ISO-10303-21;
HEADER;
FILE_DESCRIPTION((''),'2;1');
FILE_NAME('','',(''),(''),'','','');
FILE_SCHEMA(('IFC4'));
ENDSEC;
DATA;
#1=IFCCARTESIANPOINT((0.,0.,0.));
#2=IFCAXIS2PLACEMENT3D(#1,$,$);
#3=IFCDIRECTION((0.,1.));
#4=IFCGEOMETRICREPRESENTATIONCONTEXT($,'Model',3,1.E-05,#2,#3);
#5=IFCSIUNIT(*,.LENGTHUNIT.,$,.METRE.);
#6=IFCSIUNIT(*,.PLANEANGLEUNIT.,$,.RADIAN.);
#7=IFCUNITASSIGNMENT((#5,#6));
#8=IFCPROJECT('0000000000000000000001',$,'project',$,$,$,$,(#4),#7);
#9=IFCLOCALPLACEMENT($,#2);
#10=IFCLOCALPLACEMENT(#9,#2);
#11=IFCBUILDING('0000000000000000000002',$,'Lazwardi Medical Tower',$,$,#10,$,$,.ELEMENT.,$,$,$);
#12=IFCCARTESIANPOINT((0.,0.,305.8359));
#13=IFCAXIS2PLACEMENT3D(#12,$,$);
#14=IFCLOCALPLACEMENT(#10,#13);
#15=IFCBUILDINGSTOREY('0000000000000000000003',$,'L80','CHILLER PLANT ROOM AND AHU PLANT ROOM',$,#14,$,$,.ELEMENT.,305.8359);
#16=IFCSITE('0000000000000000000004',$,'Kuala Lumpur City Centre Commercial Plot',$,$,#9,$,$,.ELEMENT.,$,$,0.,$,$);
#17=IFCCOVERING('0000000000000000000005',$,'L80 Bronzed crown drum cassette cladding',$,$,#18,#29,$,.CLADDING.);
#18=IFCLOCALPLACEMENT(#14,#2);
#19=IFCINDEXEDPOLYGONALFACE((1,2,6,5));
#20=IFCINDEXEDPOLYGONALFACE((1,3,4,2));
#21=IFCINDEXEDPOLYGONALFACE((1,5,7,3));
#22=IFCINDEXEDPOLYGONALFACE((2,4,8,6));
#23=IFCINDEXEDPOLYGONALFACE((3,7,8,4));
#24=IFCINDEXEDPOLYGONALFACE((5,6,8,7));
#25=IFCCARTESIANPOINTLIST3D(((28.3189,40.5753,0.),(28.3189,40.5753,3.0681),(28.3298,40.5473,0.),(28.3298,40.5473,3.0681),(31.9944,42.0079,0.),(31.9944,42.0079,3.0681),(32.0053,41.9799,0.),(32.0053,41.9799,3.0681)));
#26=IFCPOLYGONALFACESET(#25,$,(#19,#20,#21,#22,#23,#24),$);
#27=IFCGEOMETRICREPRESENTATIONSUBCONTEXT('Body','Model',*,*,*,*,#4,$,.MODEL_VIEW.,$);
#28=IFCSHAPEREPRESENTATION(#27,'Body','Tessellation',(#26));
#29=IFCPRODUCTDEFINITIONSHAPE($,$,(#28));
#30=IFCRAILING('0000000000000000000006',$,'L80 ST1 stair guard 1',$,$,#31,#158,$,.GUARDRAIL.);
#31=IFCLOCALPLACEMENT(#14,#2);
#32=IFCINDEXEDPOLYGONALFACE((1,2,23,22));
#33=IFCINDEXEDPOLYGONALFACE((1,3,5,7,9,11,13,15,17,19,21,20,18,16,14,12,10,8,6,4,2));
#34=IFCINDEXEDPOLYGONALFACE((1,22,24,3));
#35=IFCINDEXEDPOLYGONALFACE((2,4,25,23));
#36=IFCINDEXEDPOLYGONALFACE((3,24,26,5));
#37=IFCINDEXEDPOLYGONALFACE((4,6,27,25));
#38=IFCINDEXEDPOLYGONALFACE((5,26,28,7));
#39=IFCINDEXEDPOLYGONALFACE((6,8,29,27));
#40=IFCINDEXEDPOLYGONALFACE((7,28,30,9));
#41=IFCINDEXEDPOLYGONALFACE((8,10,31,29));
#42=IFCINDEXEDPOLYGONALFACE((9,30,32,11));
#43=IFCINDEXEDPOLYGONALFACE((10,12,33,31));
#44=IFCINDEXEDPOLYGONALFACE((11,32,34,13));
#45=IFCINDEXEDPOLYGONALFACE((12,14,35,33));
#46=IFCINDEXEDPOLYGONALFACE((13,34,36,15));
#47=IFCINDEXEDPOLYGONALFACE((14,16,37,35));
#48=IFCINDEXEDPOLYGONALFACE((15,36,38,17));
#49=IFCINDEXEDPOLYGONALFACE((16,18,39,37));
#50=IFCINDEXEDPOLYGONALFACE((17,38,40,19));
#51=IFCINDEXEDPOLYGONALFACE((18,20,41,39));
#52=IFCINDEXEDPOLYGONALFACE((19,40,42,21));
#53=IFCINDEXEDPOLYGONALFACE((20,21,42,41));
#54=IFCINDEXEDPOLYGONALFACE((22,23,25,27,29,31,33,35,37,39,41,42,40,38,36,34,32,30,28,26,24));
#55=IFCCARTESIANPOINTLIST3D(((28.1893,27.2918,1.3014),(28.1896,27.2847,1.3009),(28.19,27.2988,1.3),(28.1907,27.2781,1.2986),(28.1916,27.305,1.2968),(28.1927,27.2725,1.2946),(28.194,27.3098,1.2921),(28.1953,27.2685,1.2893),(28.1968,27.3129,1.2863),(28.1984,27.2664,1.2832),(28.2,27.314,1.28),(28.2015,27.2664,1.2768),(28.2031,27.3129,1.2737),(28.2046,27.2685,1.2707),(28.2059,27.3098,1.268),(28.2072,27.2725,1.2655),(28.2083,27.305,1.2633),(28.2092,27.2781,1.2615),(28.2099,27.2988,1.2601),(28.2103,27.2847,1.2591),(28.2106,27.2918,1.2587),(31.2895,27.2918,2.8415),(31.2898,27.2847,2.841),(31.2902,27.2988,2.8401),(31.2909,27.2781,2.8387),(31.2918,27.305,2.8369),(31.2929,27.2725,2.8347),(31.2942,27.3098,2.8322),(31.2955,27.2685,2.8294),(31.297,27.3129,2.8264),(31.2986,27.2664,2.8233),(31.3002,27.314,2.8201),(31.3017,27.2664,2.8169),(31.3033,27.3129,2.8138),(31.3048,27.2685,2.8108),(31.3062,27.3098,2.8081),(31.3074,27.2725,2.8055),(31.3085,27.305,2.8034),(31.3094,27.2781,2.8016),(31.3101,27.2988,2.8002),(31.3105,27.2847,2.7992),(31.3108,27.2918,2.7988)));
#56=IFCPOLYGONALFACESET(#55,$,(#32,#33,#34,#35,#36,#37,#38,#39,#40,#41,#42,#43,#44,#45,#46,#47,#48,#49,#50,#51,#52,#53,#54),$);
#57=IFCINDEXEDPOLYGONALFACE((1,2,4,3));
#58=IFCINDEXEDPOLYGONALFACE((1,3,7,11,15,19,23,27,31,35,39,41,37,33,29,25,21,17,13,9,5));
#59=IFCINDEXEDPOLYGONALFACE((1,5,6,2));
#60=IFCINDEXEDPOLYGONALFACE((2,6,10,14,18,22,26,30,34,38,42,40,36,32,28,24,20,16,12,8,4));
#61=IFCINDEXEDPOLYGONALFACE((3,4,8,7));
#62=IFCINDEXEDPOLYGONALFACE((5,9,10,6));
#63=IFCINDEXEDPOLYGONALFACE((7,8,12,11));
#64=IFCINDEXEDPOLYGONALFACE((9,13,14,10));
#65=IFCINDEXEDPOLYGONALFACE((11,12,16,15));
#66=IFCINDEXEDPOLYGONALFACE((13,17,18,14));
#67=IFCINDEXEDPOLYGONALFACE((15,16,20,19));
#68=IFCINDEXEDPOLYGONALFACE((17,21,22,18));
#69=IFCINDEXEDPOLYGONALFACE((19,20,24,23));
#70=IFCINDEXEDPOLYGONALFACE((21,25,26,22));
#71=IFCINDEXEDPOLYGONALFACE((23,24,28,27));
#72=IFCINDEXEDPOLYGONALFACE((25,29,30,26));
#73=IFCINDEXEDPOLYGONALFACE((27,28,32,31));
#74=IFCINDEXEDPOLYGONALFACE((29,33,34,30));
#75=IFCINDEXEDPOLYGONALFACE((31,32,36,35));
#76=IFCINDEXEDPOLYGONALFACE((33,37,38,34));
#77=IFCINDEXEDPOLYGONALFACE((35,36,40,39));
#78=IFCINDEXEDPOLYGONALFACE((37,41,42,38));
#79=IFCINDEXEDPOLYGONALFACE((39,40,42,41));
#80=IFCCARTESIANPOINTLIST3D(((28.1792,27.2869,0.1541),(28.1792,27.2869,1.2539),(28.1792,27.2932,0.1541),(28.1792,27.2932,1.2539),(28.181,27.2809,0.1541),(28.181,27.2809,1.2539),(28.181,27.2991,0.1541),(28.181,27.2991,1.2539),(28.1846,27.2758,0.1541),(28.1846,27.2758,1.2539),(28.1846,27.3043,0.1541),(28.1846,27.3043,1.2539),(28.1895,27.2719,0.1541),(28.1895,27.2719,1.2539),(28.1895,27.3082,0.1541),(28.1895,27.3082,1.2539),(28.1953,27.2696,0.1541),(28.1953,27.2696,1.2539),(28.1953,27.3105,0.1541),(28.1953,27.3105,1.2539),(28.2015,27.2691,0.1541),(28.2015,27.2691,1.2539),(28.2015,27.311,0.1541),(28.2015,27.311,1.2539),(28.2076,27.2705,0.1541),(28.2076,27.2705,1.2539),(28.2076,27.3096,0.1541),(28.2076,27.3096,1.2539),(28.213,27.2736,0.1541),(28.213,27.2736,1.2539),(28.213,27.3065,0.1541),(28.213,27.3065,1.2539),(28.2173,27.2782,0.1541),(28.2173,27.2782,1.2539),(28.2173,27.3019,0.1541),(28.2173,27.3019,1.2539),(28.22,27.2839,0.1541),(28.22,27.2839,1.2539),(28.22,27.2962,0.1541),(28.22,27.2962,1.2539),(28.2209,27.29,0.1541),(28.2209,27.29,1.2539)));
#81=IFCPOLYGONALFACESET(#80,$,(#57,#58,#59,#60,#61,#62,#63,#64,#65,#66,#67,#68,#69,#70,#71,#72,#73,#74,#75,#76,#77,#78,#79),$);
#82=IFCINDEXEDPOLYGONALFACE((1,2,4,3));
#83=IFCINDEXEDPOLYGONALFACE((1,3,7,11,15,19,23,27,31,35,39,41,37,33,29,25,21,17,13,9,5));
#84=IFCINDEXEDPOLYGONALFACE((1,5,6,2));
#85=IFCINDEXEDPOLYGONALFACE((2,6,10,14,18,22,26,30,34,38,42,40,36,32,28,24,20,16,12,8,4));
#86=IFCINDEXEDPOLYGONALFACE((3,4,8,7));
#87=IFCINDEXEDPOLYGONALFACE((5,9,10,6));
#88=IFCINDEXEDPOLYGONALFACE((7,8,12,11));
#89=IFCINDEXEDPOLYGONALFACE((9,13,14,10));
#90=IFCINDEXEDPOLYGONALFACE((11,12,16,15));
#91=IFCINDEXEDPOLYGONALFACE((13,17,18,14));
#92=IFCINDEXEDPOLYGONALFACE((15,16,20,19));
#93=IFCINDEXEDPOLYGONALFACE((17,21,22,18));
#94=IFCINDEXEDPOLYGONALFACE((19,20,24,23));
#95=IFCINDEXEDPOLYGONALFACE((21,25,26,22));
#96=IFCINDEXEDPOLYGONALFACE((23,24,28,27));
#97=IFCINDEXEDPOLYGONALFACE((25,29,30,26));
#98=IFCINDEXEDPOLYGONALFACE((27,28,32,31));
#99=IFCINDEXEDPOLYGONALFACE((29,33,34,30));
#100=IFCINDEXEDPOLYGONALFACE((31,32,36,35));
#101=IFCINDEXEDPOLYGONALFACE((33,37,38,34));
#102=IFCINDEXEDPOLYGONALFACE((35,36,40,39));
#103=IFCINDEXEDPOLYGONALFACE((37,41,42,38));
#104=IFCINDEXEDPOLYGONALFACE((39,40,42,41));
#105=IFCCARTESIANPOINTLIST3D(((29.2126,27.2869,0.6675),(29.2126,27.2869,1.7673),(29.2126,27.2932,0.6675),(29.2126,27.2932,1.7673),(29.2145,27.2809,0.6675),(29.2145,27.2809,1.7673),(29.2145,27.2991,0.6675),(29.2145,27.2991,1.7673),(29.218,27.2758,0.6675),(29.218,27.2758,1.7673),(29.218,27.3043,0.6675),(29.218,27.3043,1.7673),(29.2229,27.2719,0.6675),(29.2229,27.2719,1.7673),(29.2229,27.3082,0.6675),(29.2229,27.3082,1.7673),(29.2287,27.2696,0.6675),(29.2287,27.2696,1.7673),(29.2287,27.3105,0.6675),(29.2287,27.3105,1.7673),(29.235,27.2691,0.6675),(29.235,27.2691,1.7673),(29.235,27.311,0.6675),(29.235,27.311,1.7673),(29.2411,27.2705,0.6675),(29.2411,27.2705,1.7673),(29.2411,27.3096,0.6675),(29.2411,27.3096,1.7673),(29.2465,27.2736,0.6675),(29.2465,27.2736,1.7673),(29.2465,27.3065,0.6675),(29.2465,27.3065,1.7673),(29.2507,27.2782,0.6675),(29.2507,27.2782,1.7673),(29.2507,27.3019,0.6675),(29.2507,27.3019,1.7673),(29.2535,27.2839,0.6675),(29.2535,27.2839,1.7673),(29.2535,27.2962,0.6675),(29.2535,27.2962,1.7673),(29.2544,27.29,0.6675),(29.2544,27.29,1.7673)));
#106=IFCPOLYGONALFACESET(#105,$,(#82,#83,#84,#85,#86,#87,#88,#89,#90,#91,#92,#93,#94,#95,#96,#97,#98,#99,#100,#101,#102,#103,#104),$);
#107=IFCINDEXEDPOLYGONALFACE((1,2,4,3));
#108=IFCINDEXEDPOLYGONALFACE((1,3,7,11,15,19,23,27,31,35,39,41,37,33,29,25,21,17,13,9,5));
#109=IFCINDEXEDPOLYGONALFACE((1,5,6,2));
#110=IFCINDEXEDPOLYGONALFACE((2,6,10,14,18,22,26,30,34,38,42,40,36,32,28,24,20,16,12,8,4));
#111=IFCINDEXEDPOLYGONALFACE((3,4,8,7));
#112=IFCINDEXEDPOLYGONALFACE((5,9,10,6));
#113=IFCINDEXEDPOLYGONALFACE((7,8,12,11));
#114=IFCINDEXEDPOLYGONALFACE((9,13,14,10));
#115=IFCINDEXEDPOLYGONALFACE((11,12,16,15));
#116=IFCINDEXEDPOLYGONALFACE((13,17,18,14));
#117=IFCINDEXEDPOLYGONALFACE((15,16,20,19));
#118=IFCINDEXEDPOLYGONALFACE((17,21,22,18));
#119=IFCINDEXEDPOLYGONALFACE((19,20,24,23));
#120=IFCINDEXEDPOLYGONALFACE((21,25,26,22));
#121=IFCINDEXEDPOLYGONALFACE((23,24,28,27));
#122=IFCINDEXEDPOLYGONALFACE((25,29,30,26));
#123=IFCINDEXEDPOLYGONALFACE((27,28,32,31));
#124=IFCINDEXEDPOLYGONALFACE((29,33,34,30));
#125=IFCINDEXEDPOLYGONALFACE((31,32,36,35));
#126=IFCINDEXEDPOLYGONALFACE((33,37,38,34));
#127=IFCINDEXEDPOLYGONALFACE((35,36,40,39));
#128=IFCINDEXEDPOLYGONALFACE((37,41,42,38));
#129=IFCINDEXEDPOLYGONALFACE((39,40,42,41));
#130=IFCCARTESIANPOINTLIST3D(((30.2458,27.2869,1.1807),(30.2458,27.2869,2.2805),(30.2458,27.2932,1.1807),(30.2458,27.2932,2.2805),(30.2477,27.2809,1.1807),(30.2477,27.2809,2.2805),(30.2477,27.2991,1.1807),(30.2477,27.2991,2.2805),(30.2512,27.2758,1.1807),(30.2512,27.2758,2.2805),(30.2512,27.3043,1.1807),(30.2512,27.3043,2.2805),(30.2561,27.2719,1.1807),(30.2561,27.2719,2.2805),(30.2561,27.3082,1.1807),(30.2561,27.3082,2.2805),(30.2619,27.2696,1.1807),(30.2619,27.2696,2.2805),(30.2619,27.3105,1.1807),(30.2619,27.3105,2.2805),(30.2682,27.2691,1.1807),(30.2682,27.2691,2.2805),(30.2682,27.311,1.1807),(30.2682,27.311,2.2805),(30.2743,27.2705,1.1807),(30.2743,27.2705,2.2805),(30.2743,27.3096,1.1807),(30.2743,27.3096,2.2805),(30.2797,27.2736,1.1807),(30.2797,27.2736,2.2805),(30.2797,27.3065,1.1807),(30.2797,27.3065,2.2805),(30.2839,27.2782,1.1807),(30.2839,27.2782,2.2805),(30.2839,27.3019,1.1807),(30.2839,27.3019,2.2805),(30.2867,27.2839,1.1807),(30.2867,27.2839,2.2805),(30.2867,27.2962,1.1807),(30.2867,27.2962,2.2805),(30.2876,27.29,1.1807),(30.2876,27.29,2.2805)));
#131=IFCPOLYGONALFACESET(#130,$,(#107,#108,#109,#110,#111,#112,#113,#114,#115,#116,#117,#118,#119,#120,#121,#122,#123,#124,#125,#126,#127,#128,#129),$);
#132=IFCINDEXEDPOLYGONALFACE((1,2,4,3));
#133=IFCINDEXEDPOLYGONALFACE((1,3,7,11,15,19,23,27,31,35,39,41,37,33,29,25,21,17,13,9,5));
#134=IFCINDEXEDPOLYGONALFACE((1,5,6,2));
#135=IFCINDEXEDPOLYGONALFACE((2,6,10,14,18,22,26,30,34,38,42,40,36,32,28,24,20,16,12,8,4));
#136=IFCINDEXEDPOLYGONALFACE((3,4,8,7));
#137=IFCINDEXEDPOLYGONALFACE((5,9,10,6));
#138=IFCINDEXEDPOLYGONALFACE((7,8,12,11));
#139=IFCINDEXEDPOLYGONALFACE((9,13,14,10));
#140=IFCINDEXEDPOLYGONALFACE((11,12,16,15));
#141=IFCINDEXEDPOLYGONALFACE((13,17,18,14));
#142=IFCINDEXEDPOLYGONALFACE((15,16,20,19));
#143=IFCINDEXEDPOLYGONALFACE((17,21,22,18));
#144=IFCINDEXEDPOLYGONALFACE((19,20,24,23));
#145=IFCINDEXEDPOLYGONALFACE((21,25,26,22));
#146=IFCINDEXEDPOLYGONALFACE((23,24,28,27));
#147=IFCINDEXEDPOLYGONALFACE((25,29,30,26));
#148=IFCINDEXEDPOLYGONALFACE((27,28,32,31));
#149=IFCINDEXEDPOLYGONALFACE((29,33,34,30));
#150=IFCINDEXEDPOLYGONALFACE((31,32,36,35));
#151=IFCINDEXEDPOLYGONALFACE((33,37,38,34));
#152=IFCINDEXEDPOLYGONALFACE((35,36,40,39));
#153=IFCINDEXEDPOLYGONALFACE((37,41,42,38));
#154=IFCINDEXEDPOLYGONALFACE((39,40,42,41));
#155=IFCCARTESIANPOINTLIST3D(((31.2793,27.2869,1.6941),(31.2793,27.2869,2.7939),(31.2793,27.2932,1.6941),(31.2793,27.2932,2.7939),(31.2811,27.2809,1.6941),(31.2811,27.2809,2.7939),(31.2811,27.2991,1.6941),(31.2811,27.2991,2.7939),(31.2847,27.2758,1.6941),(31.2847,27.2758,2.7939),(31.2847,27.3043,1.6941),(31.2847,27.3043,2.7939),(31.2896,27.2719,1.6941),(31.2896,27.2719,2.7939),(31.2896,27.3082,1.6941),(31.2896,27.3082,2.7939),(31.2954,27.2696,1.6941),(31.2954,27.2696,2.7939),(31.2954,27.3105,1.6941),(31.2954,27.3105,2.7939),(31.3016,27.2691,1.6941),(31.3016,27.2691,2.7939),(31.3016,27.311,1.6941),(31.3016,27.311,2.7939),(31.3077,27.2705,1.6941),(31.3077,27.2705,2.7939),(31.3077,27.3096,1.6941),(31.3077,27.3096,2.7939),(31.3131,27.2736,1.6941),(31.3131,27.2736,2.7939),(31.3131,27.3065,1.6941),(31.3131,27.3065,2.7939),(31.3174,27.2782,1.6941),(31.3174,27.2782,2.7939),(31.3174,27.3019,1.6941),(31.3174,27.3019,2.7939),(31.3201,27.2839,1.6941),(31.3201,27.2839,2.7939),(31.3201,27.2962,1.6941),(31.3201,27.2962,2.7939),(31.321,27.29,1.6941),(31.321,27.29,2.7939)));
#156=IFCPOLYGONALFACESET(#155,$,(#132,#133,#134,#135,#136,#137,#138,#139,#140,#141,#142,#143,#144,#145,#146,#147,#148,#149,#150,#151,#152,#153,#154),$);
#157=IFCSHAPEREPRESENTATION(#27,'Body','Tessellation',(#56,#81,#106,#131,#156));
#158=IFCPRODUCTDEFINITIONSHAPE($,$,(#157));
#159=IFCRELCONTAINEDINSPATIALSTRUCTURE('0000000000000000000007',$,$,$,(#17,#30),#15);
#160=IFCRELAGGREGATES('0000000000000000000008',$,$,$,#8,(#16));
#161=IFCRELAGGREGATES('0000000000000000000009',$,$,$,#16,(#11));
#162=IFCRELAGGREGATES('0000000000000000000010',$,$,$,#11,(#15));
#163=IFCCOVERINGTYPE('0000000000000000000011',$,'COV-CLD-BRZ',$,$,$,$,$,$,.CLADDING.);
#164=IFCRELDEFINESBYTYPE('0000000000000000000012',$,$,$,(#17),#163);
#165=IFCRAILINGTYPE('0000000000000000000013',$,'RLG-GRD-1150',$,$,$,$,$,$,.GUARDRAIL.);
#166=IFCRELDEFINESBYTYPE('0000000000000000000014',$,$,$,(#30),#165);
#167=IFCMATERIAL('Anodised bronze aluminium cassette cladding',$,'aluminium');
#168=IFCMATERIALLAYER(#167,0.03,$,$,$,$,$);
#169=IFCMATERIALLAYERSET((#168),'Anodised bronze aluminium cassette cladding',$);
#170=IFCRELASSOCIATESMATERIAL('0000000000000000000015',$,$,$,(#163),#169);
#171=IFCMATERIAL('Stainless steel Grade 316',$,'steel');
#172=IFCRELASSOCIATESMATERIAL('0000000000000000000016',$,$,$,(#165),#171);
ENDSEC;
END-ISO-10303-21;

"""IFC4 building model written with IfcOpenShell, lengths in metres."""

from ifc_helpers import new_model, si_unit, direction, frame, origin, origin_2d, place, context, subcontext, project, spatial, rectangle, circle, extrude, material, layer, layer_set, type_object, element, save


model = new_model("IFC4")

# Units and contexts
model_context = context("Model", 3, precision=1e-05, world=origin(), true_north=direction((0.0, 1.0)))
body_context = subcontext(model_context, "Body", "Model", "MODEL_VIEW")
ifc_project = project(units=[si_unit("LENGTHUNIT", "METRE"), si_unit("PLANEANGLEUNIT", "RADIAN")], contexts=[model_context])

# Site, building, storey
site_placement = place(None, origin())
site = spatial("IfcSite", under=ifc_project, at=site_placement, Name="Kuala Lumpur City Centre Commercial Plot", CompositionType="ELEMENT", RefElevation=0.0)
building_placement = place(site_placement, origin())
building = spatial("IfcBuilding", under=site, at=building_placement, Name="Lazwardi Medical Tower", CompositionType="ELEMENT")
storey_placement = place(building_placement, frame((0.0, 0.0, 305.8359)))
storey = spatial("IfcBuildingStorey", under=building, at=storey_placement, Name="L80", Description="CHILLER PLANT ROOM AND AHU PLANT ROOM", CompositionType="ELEMENT", Elevation=305.8359)

# Covering
ifc_material_1 = material(Name="Anodised bronze aluminium cassette cladding", Category="aluminium")
ifc_layer_1 = layer(ifc_material_1, 0.03)
ifc_layer_set_1 = layer_set([ifc_layer_1], Name="Anodised bronze aluminium cassette cladding")
covering_type = type_object("IfcCoveringType", Name="COV-CLD-BRZ", PredefinedType="CLADDING", material=ifc_layer_set_1)
covering_1_placement = place(storey_placement, frame((30.1621, 41.2776, 0.0), z_axis=(0.0, 0.0, 1.0), x_axis=(-0.931731, -0.36315, 0.0)))
element("IfcCovering", 1, at=covering_1_placement, inside=storey, type_object=covering_type, Name="L80 Bronzed crown drum cassette cladding", PredefinedType="CLADDING", context=body_context, shape_type="SweptSolid", body=[
    extrude(rectangle(XDim=3.9448, YDim=0.03, at=origin_2d()), origin(), (0.0, 0.0, 1.0), 3.0681),
])

# Railing
ifc_material_2 = material(Name="Stainless steel Grade 316", Category="steel")
railing_type_1 = type_object("IfcRailingType", Name="RLG-GRD-1150", PredefinedType="GUARDRAIL", material=ifc_material_2)
railing_1_placement = place(storey_placement, frame((28.2, 27.29, 0.1541)))
element("IfcRailing", 2, at=railing_1_placement, inside=storey, type_object=railing_type_1, Name="L80 ST1 stair guard 1", PredefinedType="GUARDRAIL", context=body_context, shape_type="SweptSolid", body=[
    extrude(circle(Radius=0.0239, at=origin_2d()), frame((0.0, 0.0, 1.126), z_axis=(0.895581, 0.0, 0.444899), x_axis=(0.0, 1.0, 0.0)), (0.0, 0.0, 1.0), 3.4617),
    extrude(circle(Radius=0.021, at=origin_2d()), origin(), (0.0, 0.0, 1.0), 1.0999),
    extrude(circle(Radius=0.021, at=origin_2d()), frame((1.0334, 0.0, 0.5134)), (0.0, 0.0, 1.0), 1.0999),
    extrude(circle(Radius=0.021, at=origin_2d()), frame((2.0667, 0.0, 1.0266)), (0.0, 0.0, 1.0), 1.0999),
    extrude(circle(Radius=0.021, at=origin_2d()), frame((3.1001, 0.0, 1.54)), (0.0, 0.0, 1.0), 1.0999),
])

save(model, "model.ifc")
